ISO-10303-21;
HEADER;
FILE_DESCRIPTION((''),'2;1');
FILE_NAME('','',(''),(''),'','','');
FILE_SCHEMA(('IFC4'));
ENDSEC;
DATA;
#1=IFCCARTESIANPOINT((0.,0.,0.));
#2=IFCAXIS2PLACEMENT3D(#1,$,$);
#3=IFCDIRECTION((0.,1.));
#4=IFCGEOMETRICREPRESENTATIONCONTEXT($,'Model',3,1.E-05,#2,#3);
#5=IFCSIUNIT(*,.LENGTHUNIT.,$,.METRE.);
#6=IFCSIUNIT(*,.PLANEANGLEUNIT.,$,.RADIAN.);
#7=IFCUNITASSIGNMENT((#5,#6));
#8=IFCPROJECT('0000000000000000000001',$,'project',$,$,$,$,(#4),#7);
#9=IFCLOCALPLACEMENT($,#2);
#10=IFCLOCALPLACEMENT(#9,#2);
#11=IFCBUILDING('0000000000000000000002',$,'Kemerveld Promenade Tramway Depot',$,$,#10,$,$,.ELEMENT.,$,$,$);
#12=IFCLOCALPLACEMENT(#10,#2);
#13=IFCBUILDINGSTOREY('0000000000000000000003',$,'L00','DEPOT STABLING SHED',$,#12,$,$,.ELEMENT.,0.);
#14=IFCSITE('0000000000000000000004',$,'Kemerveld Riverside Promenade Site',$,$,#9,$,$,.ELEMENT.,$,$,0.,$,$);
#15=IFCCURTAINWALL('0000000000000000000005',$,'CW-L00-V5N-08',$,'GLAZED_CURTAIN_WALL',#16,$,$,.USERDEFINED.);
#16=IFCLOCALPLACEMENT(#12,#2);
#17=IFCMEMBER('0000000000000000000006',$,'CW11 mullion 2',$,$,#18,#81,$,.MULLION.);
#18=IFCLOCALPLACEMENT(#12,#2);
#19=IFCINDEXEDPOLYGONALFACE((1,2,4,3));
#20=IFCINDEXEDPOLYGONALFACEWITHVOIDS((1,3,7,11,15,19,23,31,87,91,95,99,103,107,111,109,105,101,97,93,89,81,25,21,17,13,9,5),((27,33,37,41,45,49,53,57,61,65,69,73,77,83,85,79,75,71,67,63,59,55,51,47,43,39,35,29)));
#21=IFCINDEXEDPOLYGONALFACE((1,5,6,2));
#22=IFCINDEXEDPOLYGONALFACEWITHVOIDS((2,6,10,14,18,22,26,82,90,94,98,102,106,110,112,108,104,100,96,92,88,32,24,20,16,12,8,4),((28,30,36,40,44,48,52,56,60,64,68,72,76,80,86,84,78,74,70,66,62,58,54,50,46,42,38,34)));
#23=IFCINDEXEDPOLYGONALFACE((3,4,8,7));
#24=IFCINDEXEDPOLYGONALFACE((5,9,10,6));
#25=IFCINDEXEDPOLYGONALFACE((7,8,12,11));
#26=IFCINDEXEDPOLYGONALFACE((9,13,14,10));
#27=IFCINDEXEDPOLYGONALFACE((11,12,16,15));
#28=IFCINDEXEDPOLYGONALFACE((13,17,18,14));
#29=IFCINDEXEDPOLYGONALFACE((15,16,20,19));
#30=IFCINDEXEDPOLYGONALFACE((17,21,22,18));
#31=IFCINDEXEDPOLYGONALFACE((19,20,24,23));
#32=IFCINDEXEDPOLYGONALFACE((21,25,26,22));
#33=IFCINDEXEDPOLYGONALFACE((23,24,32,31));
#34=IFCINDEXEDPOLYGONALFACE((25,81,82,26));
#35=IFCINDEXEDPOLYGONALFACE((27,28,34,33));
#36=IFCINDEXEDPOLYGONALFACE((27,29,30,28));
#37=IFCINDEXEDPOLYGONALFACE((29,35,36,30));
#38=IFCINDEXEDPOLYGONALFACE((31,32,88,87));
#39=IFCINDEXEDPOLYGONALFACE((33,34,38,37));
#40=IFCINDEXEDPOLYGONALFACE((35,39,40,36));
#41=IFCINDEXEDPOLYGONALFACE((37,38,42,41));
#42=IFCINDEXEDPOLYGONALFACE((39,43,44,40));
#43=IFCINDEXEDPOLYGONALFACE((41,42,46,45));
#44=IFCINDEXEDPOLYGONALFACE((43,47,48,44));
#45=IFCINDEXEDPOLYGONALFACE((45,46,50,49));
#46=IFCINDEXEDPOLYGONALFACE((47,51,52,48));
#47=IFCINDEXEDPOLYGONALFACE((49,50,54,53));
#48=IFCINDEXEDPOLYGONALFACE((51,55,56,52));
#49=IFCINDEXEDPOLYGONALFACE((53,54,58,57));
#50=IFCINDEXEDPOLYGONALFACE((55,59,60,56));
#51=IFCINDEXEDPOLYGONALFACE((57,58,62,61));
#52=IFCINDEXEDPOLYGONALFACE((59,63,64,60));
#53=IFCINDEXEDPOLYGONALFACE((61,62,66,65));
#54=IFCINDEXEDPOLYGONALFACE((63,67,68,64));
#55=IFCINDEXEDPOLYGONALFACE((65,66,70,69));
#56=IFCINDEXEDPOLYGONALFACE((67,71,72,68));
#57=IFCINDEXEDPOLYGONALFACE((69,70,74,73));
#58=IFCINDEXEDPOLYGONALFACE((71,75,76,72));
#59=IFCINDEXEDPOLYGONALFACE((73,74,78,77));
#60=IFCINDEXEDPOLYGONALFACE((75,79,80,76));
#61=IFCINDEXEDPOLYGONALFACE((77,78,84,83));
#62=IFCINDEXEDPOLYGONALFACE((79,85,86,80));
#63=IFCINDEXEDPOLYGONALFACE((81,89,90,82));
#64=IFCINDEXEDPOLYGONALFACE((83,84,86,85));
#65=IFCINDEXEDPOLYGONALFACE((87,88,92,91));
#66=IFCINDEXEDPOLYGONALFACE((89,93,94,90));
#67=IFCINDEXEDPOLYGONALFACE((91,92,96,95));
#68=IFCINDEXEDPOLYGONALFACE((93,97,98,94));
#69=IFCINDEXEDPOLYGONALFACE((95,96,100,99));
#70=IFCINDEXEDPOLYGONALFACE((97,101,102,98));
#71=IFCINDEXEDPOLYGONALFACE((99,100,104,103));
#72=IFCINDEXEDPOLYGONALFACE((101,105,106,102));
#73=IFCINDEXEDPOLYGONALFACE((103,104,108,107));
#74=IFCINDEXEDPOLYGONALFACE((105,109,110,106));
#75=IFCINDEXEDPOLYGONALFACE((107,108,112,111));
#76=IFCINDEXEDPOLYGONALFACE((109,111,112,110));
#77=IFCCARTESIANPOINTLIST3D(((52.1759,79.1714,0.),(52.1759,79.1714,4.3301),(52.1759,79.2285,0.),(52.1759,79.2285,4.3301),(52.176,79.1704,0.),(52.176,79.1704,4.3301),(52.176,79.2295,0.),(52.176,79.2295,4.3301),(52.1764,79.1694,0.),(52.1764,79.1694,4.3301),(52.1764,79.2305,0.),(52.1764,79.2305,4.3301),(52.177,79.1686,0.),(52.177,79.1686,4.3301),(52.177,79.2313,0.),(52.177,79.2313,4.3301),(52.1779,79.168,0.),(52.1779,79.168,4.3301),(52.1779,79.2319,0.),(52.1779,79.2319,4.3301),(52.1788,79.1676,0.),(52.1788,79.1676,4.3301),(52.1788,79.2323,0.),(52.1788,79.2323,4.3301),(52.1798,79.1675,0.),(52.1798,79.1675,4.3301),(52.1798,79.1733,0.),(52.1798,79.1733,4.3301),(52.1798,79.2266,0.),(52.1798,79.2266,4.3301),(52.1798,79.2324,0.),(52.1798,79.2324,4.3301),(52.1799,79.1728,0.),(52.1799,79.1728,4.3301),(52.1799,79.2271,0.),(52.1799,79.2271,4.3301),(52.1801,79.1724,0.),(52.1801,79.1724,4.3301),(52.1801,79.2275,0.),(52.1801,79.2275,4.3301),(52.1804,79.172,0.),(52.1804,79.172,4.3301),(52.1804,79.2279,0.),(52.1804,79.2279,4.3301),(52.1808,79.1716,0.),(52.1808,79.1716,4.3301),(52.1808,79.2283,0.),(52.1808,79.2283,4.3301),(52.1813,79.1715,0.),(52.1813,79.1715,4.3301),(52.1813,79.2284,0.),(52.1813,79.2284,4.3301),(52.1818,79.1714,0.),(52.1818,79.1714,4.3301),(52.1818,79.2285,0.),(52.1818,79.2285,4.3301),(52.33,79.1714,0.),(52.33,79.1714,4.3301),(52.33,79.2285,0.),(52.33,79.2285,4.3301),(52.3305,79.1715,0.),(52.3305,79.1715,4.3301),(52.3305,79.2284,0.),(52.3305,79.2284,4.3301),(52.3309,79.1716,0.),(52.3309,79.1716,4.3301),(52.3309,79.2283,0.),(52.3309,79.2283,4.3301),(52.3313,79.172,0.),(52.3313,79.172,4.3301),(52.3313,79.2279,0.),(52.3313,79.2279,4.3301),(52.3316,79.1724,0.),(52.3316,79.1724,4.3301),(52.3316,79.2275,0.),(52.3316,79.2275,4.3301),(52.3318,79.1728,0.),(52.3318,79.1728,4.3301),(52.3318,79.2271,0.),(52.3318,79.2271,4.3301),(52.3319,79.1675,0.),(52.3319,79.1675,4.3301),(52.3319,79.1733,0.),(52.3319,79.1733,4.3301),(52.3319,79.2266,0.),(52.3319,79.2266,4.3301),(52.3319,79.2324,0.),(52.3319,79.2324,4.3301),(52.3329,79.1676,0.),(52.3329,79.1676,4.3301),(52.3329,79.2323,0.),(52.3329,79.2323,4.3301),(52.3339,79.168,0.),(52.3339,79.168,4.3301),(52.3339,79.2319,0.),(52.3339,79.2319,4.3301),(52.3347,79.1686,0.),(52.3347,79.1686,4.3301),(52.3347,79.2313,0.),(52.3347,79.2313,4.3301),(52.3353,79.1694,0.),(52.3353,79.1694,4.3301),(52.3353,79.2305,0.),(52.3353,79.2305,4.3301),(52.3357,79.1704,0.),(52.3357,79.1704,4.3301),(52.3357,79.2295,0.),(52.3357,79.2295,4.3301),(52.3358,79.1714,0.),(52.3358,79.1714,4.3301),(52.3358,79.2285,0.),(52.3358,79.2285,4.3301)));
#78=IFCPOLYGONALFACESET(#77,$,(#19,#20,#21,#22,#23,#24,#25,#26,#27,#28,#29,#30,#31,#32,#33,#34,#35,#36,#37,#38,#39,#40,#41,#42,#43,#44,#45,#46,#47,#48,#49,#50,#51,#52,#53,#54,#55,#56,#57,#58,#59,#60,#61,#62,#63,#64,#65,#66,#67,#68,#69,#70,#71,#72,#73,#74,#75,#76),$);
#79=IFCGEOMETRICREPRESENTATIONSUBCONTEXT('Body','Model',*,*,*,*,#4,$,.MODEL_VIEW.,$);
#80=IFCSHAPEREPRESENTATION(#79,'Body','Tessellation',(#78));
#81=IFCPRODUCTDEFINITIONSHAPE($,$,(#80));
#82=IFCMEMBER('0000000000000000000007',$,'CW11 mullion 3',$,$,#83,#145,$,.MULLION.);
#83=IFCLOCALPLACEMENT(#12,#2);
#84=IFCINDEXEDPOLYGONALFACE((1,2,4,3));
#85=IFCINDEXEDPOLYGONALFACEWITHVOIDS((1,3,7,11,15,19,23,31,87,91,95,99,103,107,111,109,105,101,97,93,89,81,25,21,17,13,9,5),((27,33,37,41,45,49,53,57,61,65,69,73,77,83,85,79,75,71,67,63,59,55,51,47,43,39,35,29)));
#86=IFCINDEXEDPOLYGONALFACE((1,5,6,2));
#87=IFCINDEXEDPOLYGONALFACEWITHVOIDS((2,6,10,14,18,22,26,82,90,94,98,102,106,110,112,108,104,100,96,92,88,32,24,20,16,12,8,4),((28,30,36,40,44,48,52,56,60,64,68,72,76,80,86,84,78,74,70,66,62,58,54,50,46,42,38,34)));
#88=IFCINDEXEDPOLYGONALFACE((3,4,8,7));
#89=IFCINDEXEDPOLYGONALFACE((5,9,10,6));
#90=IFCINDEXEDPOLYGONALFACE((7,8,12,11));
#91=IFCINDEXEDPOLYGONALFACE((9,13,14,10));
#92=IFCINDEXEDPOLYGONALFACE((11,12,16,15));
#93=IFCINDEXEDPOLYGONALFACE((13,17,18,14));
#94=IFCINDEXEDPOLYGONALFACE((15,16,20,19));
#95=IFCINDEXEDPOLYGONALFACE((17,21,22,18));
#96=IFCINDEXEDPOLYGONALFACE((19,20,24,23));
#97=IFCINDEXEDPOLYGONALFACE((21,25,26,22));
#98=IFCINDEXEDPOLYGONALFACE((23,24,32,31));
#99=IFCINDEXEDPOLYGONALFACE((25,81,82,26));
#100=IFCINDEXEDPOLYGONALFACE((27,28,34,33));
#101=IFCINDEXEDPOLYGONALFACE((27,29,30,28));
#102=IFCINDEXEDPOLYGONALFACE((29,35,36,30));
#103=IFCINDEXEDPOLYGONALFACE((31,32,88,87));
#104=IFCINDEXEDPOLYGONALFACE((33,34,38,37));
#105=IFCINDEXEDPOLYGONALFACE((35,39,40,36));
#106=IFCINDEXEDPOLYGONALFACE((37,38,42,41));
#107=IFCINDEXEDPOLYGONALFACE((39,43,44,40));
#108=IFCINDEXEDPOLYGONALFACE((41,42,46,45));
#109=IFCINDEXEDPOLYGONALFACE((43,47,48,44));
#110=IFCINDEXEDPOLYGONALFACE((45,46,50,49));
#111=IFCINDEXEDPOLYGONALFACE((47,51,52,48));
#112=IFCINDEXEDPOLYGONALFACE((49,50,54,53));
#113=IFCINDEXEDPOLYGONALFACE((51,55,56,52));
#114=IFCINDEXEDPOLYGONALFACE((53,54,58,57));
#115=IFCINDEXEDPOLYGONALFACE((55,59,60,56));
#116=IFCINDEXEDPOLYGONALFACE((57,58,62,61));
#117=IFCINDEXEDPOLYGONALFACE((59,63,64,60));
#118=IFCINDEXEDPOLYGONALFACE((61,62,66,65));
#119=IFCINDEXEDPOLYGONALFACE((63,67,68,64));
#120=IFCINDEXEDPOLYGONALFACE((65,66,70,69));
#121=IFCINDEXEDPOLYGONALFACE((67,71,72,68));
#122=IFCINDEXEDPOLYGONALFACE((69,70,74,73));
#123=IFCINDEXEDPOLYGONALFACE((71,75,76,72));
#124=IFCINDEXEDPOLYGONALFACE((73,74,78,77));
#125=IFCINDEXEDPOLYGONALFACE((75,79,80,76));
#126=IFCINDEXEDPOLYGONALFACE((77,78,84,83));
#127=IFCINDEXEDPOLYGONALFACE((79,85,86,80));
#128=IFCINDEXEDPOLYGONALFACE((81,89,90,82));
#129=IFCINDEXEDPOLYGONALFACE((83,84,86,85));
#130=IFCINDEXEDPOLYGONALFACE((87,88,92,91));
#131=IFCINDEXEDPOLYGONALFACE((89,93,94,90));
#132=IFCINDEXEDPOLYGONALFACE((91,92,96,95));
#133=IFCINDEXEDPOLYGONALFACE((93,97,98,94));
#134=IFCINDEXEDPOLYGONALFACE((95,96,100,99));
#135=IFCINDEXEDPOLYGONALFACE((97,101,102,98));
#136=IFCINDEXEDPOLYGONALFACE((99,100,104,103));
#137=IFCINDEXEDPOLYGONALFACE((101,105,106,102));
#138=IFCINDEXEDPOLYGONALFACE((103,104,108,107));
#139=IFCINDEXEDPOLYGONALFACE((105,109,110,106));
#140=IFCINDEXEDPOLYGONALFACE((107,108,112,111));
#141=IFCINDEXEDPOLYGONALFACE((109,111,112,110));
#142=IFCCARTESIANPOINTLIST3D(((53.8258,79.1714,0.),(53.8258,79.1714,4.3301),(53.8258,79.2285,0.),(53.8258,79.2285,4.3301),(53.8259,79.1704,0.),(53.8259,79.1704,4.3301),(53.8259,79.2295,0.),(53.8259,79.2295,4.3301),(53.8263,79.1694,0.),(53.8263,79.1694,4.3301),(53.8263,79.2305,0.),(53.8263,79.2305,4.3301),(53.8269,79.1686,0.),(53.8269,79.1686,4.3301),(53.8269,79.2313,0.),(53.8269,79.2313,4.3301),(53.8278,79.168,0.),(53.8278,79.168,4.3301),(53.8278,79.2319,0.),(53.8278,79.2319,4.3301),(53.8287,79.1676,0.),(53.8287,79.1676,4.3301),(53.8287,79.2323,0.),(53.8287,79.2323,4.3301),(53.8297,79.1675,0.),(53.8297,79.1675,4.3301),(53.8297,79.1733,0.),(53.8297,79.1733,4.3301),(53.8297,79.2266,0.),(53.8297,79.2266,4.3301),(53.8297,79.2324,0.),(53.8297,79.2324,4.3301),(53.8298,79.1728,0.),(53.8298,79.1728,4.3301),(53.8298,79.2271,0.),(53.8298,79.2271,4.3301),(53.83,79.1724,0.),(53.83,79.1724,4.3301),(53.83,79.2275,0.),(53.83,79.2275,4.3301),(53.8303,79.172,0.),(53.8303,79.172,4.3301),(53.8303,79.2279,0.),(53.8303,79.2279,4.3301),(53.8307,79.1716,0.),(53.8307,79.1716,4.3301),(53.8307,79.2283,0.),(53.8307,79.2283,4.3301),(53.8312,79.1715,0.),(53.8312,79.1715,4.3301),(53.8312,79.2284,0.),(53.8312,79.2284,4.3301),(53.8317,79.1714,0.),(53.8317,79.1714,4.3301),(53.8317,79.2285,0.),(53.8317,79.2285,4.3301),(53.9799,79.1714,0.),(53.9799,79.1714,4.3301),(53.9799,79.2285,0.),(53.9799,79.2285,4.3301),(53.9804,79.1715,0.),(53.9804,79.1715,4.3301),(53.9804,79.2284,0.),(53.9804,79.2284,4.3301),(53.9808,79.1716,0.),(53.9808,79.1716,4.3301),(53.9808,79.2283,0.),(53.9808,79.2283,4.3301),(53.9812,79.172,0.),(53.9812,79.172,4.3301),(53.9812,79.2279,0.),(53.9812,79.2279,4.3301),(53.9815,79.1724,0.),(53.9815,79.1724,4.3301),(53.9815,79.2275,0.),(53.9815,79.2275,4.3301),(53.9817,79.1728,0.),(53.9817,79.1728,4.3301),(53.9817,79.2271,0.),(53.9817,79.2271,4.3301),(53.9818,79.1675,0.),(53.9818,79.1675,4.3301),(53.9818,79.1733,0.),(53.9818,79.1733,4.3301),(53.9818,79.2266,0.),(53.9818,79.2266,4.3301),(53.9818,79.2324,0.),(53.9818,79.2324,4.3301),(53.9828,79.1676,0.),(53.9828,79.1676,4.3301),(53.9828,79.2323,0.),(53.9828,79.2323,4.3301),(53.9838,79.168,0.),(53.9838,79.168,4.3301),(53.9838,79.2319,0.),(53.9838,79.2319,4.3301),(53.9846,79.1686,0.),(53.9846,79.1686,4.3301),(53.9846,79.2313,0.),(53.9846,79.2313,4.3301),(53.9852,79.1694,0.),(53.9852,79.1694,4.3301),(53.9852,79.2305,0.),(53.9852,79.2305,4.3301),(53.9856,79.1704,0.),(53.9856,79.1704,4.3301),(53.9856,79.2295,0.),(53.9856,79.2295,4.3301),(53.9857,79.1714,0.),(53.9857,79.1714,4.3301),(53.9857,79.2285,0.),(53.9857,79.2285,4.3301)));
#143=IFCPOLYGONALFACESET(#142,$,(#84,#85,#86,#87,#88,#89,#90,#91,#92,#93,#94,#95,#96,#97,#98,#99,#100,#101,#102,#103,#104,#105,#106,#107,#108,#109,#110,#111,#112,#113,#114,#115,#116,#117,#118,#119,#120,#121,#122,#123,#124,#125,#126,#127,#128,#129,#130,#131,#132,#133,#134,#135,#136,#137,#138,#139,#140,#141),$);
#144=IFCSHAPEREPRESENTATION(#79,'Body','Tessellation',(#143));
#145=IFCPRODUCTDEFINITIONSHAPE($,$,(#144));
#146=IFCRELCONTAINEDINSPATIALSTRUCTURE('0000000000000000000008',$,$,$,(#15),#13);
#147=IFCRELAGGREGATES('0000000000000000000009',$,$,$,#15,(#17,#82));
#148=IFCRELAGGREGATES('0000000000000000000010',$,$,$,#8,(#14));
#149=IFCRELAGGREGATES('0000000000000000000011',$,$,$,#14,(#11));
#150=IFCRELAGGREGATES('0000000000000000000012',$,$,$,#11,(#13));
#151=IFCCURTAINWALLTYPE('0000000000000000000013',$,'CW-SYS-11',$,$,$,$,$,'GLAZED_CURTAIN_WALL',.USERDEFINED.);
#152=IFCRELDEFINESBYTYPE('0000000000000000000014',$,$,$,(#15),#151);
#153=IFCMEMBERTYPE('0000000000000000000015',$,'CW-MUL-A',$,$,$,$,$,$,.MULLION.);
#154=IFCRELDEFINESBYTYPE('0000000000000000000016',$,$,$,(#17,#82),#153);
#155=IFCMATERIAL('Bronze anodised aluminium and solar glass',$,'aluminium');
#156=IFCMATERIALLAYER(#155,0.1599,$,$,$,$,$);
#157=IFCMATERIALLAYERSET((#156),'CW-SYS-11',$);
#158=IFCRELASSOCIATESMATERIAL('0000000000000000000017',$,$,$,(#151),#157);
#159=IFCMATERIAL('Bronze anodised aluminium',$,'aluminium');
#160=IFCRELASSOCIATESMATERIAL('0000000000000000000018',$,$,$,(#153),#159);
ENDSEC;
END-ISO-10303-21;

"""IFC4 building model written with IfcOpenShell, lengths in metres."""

from ifc_helpers import new_model, si_unit, direction, frame, origin, origin_2d, place, context, subcontext, project, spatial, hollow_rectangle, extrude, material, layer, layer_set, material_profile, profile_set, type_object, element, aggregate, save


model = new_model("IFC4")

# Units and contexts
model_context = context("Model", 3, precision=1e-05, world=origin(), true_north=direction((0.0, 1.0)))
body_context = subcontext(model_context, "Body", "Model", "MODEL_VIEW")
ifc_project = project(units=[si_unit("LENGTHUNIT", "METRE"), si_unit("PLANEANGLEUNIT", "RADIAN")], contexts=[model_context])

# Site, building, storey
site_placement = place(None, origin())
site = spatial("IfcSite", under=ifc_project, at=site_placement, Name="Kemerveld Riverside Promenade Site", CompositionType="ELEMENT", RefElevation=0.0)
building_placement = place(site_placement, origin())
building = spatial("IfcBuilding", under=site, at=building_placement, Name="Kemerveld Promenade Tramway Depot", CompositionType="ELEMENT")
storey_placement = place(building_placement, origin())
storey = spatial("IfcBuildingStorey", under=building, at=storey_placement, Name="L00", Description="DEPOT STABLING SHED", CompositionType="ELEMENT", Elevation=0.0)

# Curtain wall, members
ifc_material_1 = material(Name="Bronze anodised aluminium and solar glass", Category="aluminium")
ifc_layer_1 = layer(ifc_material_1, 0.1599)
ifc_layer_set_1 = layer_set([ifc_layer_1], Name="CW-SYS-11")
curtain_wall_type = type_object("IfcCurtainWallType", Name="CW-SYS-11", ElementType="GLAZED_CURTAIN_WALL", PredefinedType="USERDEFINED", material=ifc_layer_set_1)
curtain_wall_placement = place(storey_placement, origin())
curtain_wall = element("IfcCurtainWall", 1, at=curtain_wall_placement, inside=storey, type_object=curtain_wall_type, Name="CW-L00-V5N-08", ObjectType="GLAZED_CURTAIN_WALL", PredefinedType="USERDEFINED")
ifc_material_2 = material(Name="Bronze anodised aluminium", Category="aluminium")
ifc_material_profile_1 = material_profile(ifc_material_2, hollow_rectangle(XDim=0.0649, YDim=0.1599, WallThickness=0.0039, InnerFilletRadius=0.002, OuterFilletRadius=0.0039, at=origin_2d()), Name="CW-MUL-160x65")
ifc_profile_set_1 = profile_set([ifc_material_profile_1], Name="Bronze anodised aluminium")
member_type_1 = type_object("IfcMemberType", Name="CW-MUL-A", PredefinedType="MULLION", material=ifc_profile_set_1)
member_1_placement = place(storey_placement, frame((52.2559, 79.2, 0.0), z_axis=(0.0, 0.0, 1.0), x_axis=(0.0, 1.0, 0.0)))
member_1 = element("IfcMember", 2, at=member_1_placement, type_object=member_type_1, Name="CW11 mullion 2", PredefinedType="MULLION", context=body_context, shape_type="SweptSolid", body=[
    extrude(hollow_rectangle(XDim=0.0649, YDim=0.1599, WallThickness=0.0039, InnerFilletRadius=0.002, OuterFilletRadius=0.0039, at=origin_2d()), origin(), (0.0, 0.0, 1.0), 4.3301),
])
member_2_placement = place(storey_placement, frame((53.9058, 79.2, 0.0), z_axis=(0.0, 0.0, 1.0), x_axis=(0.0, 1.0, 0.0)))
member_2 = element("IfcMember", 3, at=member_2_placement, type_object=member_type_1, Name="CW11 mullion 3", PredefinedType="MULLION", context=body_context, shape_type="SweptSolid", body=[
    extrude(hollow_rectangle(XDim=0.0649, YDim=0.1599, WallThickness=0.0039, InnerFilletRadius=0.002, OuterFilletRadius=0.0039, at=origin_2d()), origin(), (0.0, 0.0, 1.0), 4.3301),
])
aggregate(curtain_wall, [member_1, member_2])

save(model, "model.ifc")
